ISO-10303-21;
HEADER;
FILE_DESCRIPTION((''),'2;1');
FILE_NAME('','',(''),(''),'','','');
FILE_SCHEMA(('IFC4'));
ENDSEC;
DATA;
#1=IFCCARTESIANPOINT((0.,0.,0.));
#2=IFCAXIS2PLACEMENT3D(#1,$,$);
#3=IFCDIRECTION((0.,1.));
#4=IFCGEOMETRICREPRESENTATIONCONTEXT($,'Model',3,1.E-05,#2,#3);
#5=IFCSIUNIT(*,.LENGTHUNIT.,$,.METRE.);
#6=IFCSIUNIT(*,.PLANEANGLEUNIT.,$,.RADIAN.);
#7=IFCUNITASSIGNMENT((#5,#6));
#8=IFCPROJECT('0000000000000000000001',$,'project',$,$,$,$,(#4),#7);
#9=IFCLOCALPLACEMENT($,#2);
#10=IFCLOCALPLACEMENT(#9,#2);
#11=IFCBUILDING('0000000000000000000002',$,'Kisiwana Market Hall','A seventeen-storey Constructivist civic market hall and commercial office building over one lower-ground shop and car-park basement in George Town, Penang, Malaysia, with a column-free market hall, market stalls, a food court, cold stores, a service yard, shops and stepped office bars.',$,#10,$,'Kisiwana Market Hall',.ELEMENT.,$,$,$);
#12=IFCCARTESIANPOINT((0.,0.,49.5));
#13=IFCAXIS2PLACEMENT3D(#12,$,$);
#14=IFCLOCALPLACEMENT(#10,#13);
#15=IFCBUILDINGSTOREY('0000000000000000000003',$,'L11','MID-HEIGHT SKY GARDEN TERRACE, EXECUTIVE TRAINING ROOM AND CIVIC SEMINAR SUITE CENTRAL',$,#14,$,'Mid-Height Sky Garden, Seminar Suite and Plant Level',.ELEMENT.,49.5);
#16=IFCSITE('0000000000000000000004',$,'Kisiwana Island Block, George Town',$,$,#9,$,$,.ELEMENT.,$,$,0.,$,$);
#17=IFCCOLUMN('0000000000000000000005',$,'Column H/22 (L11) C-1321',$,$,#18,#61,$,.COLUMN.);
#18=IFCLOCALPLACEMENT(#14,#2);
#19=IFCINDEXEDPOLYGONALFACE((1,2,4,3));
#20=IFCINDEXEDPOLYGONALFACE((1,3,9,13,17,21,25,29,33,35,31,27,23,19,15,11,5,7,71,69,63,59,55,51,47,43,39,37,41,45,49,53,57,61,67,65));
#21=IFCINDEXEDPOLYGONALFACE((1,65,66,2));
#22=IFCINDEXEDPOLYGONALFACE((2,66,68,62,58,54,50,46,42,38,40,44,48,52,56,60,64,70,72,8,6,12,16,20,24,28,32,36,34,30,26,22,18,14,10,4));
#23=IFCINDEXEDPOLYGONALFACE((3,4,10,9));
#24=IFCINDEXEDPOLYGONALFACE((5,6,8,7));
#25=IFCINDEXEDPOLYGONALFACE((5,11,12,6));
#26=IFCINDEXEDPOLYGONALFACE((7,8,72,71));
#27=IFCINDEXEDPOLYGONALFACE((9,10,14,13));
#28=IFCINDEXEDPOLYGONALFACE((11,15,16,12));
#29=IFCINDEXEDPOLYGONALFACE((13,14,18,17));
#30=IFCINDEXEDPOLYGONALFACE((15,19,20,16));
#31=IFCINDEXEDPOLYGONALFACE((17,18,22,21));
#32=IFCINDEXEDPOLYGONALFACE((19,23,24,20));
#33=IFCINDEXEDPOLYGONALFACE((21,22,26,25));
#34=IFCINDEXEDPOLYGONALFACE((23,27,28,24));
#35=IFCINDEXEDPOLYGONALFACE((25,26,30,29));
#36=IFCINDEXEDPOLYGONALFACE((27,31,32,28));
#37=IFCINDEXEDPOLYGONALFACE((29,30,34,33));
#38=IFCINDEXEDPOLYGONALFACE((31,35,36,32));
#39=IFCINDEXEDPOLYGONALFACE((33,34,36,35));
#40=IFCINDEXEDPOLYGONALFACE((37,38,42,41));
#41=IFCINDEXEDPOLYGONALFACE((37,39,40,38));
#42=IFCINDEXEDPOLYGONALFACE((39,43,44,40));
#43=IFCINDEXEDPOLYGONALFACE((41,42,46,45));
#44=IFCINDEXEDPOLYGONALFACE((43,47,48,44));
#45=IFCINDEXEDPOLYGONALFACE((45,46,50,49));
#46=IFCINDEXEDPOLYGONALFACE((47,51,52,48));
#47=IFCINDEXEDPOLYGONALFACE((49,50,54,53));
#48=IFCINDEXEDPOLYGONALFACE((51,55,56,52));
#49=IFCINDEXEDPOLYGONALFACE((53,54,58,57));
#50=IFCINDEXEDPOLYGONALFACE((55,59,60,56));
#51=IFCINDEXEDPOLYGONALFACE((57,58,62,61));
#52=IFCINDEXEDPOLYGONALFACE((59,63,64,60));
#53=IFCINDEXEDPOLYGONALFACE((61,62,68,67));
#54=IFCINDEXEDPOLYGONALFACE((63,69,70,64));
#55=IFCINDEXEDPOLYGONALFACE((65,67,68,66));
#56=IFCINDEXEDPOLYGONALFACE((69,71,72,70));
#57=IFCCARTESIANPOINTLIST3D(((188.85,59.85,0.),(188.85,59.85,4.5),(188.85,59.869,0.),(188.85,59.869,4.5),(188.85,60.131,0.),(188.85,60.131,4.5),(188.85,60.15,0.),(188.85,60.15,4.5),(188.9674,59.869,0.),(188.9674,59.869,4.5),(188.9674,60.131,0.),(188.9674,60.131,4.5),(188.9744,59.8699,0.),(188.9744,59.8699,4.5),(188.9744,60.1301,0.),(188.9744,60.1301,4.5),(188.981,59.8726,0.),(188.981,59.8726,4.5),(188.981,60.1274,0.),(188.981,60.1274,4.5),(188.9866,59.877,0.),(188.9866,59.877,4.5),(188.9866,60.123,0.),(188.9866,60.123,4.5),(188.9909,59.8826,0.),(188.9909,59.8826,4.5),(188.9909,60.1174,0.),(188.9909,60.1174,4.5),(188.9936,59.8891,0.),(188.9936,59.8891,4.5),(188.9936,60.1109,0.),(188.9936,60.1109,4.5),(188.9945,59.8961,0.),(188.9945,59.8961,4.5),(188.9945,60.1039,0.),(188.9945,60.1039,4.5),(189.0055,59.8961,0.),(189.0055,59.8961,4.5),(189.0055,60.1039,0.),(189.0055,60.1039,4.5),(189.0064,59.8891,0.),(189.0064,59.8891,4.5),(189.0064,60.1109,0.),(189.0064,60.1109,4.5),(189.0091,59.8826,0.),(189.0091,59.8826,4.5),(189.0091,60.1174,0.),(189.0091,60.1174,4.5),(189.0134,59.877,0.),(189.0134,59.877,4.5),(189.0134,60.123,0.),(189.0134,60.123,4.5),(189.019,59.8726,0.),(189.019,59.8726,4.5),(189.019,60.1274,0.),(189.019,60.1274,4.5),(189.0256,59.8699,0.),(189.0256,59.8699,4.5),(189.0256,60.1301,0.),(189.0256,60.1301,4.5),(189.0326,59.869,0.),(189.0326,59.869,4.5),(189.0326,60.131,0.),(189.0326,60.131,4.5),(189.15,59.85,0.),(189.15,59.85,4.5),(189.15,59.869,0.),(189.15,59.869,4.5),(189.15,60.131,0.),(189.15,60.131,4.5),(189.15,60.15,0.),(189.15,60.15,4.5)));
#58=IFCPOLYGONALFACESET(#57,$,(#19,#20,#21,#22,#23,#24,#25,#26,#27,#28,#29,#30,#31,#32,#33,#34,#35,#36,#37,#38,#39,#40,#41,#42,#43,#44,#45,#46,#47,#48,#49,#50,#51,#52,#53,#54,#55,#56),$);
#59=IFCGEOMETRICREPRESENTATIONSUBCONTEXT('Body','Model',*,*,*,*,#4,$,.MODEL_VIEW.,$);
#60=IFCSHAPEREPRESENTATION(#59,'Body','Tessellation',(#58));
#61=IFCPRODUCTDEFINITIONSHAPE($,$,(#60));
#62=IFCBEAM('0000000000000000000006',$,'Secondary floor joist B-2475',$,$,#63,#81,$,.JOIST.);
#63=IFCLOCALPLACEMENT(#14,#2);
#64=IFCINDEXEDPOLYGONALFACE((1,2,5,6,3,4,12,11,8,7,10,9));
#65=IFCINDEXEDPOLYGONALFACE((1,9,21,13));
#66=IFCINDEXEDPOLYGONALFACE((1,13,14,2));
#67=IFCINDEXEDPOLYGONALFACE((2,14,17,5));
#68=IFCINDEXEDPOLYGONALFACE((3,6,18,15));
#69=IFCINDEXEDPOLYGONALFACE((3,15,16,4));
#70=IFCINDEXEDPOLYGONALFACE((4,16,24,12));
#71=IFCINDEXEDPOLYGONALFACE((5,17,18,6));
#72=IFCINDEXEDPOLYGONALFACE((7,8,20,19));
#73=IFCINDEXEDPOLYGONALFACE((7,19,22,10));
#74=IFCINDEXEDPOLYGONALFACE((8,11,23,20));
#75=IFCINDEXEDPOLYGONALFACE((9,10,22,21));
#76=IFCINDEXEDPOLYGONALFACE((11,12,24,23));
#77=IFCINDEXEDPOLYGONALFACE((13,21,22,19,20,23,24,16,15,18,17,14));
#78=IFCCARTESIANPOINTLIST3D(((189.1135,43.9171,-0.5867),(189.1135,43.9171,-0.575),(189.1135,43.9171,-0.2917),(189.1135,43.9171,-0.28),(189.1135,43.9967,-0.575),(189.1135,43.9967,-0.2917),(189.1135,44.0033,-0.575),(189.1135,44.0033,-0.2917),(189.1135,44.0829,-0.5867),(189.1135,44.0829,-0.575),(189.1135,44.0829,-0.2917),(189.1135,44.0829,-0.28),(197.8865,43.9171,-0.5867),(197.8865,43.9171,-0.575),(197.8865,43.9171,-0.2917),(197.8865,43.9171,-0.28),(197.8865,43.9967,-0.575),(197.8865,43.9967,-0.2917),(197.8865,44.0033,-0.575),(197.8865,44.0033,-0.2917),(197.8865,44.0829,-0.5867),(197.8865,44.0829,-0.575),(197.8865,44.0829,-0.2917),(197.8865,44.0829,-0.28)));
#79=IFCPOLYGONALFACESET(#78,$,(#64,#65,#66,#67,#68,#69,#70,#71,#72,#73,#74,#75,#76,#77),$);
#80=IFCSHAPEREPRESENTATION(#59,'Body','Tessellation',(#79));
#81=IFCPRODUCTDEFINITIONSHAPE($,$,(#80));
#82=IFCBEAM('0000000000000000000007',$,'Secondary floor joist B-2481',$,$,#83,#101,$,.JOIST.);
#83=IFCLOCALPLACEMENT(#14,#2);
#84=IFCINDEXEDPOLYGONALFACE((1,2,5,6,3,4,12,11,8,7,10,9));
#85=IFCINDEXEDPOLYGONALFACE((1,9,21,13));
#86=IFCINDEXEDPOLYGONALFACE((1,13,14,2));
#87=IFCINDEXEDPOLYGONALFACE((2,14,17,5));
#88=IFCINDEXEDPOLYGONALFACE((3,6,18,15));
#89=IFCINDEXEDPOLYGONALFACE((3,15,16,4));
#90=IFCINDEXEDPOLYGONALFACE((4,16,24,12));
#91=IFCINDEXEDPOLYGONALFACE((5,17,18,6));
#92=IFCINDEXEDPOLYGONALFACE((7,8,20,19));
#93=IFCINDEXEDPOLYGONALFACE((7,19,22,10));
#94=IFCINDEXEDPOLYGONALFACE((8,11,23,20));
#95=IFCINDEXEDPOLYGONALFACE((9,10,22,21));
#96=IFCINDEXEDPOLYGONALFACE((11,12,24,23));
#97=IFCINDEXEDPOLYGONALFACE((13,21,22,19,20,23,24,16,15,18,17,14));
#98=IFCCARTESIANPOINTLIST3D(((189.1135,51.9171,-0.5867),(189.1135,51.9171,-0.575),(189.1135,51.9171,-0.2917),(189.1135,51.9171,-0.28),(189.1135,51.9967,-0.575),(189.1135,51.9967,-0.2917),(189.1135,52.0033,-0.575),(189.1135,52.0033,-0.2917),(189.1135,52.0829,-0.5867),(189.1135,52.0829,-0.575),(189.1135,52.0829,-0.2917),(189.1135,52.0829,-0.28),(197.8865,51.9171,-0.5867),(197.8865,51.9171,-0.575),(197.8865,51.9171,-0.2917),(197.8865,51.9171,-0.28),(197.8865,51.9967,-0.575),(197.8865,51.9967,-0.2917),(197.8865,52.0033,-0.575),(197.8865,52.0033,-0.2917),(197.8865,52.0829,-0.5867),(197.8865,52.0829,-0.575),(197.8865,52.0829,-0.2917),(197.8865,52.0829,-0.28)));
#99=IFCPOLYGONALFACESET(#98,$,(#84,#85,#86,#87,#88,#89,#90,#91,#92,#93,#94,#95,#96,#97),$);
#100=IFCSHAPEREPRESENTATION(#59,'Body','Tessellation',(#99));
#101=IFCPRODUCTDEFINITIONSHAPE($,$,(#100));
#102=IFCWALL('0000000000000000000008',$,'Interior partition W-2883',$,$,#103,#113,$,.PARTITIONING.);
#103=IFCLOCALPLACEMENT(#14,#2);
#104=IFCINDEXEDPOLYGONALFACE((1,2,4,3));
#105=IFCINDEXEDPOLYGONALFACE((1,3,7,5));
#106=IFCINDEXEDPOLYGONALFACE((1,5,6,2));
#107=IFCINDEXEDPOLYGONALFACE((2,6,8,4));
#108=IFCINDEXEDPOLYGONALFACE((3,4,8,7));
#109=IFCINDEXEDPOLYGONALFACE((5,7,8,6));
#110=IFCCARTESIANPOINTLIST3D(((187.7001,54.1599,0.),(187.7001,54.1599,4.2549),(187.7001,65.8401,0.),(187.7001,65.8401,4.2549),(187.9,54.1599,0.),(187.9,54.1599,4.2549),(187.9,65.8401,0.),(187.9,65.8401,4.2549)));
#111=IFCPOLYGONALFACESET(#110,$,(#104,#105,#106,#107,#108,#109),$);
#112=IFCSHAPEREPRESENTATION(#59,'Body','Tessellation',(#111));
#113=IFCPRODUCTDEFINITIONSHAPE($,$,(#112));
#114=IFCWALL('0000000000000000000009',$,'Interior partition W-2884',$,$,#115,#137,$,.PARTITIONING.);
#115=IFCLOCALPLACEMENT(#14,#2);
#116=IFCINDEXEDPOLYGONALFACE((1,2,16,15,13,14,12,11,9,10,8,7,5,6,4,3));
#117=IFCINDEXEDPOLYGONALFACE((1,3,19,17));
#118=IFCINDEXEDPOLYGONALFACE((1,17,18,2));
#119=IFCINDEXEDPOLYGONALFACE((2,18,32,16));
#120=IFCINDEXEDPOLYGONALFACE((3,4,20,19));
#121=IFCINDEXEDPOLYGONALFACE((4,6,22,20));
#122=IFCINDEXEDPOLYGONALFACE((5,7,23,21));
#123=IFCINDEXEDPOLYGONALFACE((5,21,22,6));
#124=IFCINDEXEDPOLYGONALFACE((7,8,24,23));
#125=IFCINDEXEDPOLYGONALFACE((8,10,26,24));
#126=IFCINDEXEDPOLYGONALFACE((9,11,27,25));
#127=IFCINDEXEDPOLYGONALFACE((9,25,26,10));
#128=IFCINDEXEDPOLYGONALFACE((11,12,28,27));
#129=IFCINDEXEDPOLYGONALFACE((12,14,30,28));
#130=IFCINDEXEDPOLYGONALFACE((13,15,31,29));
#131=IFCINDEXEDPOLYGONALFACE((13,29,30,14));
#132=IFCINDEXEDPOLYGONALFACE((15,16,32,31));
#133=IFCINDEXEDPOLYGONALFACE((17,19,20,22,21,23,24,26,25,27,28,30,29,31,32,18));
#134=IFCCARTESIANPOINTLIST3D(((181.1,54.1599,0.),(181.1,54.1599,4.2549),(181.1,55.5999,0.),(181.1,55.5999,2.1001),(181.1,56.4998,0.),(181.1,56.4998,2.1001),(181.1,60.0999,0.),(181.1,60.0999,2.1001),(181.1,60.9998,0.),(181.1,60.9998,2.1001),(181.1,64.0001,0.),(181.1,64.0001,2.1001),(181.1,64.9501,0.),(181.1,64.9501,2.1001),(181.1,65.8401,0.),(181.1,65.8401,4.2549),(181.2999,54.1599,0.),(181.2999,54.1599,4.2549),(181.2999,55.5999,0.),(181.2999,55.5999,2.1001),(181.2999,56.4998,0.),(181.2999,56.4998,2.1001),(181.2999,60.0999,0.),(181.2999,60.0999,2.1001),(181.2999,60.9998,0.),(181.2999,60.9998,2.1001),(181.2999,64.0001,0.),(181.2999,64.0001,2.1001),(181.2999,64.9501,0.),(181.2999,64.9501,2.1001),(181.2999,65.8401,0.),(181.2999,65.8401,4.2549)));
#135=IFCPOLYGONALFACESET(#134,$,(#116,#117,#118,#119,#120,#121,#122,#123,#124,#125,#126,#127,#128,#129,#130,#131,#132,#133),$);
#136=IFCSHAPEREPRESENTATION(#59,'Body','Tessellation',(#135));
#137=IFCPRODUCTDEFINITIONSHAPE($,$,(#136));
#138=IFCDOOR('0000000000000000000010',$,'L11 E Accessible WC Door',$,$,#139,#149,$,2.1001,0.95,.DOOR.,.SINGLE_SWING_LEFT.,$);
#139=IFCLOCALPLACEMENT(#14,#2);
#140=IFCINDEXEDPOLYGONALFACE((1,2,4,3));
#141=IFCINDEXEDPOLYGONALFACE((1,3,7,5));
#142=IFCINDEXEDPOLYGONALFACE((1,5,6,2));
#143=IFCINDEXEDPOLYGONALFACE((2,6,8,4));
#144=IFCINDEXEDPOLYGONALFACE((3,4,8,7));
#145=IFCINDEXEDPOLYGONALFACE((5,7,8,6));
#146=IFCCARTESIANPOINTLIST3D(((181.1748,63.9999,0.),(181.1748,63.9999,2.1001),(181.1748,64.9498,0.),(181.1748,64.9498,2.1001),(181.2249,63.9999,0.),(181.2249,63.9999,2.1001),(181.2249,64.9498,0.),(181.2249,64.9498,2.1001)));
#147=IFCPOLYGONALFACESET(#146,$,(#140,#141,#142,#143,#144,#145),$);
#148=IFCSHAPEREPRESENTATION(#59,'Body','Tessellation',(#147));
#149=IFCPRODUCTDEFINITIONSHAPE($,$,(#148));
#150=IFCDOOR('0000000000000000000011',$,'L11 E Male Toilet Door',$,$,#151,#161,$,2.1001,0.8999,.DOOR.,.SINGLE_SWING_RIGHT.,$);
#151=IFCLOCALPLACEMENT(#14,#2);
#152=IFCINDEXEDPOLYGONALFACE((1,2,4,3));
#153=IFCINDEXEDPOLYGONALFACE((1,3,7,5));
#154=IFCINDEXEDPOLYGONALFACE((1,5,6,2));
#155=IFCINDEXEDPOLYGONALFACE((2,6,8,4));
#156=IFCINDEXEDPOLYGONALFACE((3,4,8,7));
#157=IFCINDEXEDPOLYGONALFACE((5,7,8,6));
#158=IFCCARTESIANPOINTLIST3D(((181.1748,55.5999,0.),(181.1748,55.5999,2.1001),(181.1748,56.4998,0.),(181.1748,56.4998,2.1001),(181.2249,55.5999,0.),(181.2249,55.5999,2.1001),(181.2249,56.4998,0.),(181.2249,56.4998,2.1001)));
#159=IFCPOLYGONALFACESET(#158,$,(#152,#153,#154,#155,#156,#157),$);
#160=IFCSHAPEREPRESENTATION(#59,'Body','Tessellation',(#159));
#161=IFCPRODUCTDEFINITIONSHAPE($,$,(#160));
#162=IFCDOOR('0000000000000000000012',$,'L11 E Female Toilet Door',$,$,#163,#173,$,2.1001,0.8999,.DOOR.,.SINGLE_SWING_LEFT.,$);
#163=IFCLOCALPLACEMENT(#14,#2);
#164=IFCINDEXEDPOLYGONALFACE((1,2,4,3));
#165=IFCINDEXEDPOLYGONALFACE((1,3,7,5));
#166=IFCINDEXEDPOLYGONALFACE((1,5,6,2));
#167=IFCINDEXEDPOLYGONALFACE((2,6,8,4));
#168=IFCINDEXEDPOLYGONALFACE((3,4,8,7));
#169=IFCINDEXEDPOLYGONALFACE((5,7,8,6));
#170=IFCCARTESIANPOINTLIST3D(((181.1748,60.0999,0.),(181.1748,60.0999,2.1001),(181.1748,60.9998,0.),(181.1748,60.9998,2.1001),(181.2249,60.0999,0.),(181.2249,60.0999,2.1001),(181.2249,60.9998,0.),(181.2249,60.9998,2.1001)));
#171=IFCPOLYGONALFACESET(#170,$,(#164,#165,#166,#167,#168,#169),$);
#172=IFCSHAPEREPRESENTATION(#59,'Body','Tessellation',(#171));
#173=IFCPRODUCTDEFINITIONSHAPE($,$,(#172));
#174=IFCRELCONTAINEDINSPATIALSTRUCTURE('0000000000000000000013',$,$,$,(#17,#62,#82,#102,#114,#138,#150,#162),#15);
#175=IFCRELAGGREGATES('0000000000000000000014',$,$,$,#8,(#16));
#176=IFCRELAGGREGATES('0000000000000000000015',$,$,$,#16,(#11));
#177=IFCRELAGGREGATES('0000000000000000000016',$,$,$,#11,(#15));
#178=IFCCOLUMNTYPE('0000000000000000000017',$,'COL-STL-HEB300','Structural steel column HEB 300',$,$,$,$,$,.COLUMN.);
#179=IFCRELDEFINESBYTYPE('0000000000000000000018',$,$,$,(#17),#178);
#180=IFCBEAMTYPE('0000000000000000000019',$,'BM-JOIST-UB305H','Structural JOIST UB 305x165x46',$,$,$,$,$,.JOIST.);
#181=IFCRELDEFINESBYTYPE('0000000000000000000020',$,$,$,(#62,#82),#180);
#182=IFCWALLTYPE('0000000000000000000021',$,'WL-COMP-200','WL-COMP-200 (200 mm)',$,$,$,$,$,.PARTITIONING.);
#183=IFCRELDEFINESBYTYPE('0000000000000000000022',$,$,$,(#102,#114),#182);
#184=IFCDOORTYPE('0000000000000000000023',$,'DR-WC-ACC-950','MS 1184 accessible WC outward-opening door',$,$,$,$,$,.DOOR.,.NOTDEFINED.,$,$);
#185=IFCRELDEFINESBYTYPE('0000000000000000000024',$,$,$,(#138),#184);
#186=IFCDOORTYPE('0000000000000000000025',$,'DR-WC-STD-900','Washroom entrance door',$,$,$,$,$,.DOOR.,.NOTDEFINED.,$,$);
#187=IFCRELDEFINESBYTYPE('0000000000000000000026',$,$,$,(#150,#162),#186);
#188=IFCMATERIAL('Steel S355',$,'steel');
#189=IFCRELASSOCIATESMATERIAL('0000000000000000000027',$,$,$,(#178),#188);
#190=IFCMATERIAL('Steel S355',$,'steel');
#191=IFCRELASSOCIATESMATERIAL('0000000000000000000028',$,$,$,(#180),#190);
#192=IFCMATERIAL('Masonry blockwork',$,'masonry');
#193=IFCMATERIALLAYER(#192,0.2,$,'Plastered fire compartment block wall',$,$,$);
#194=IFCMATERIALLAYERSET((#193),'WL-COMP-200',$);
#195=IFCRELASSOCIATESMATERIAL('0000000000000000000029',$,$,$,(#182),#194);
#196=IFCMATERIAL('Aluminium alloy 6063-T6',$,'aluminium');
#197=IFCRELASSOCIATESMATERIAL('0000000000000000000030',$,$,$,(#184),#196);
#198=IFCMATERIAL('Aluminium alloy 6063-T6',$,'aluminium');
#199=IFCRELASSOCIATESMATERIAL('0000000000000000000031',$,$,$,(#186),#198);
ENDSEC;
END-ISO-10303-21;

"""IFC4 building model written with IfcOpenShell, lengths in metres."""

from ifc_helpers import new_model, si_unit, direction, frame, frame_2d, origin, origin_2d, place, context, subcontext, project, spatial, rectangle, i_section, extrude, material, layer, layer_set, material_profile, profile_set, type_object, element, fill, save


model = new_model("IFC4")

# Units and contexts
model_context = context("Model", 3, precision=1e-05, world=origin(), true_north=direction((0.0, 1.0)))
body_context = subcontext(model_context, "Body", "Model", "MODEL_VIEW")
ifc_project = project(units=[si_unit("LENGTHUNIT", "METRE"), si_unit("PLANEANGLEUNIT", "RADIAN")], contexts=[model_context])

# Site, building, storey
site_placement = place(None, origin())
site = spatial("IfcSite", under=ifc_project, at=site_placement, Name="Kisiwana Island Block, George Town", CompositionType="ELEMENT", RefElevation=0.0)
building_placement = place(site_placement, origin())
building = spatial("IfcBuilding", under=site, at=building_placement, Name="Kisiwana Market Hall", Description="A seventeen-storey Constructivist civic market hall and commercial office building over one lower-ground shop and car-park basement in George Town, Penang, Malaysia, with a column-free market hall, market stalls, a food court, cold stores, a service yard, shops and stepped office bars.", LongName="Kisiwana Market Hall", CompositionType="ELEMENT")
storey_placement = place(building_placement, frame((0.0, 0.0, 49.5)))
storey = spatial("IfcBuildingStorey", under=building, at=storey_placement, Name="L11", Description="MID-HEIGHT SKY GARDEN TERRACE, EXECUTIVE TRAINING ROOM AND CIVIC SEMINAR SUITE CENTRAL", LongName="Mid-Height Sky Garden, Seminar Suite and Plant Level", CompositionType="ELEMENT", Elevation=49.5)

# Column
ifc_material_1 = material(Name="Steel S355", Category="steel")
ifc_material_profile_1 = material_profile(ifc_material_1, i_section(OverallWidth=0.3, OverallDepth=0.3, WebThickness=0.011, FlangeThickness=0.019, FilletRadius=0.0271, at=origin_2d()), Name="HEB 300")
ifc_profile_set_1 = profile_set([ifc_material_profile_1], Name="Steel S355")
column_type = type_object("IfcColumnType", Name="COL-STL-HEB300", Description="Structural steel column HEB 300", PredefinedType="COLUMN", material=ifc_profile_set_1)
column_placement = place(storey_placement, frame((189.0, 60.0, 0.0), z_axis=(0.0, 0.0, 1.0), x_axis=(1.0, 0.0, 0.0)))
element("IfcColumn", 1, at=column_placement, inside=storey, type_object=column_type, Name="Column H/22 (L11) C-1321", PredefinedType="COLUMN", context=body_context, shape_type="SweptSolid", body=[
    extrude(i_section(OverallWidth=0.3, OverallDepth=0.3, WebThickness=0.011, FlangeThickness=0.019, FilletRadius=0.0271, at=origin_2d()), origin(), (0.0, 0.0, 1.0), 4.5),
])

# Beams
ifc_material_2 = material(Name="Steel S355", Category="steel")
ifc_material_profile_2 = material_profile(ifc_material_2, i_section(OverallWidth=0.1658, OverallDepth=0.3066, WebThickness=0.0066, FlangeThickness=0.0117, at=origin_2d()), Name="UB 305x165x46")
ifc_profile_set_2 = profile_set([ifc_material_profile_2], Name="Steel S355")
beam_type = type_object("IfcBeamType", Name="BM-JOIST-UB305H", Description="Structural JOIST UB 305x165x46", PredefinedType="JOIST", material=ifc_profile_set_2)
for number, where, z_axis, x_axis, name in (
    (2, (189.1135, 44.0, -0.4333), (1.0, 0.0, 0.0), (0.0, 1.0, 0.0), "Secondary floor joist B-2475"),
    (3, (189.1135, 52.0, -0.4333), (1.0, 0.0, 0.0), (0.0, 1.0, 0.0), "Secondary floor joist B-2481"),
):
    element("IfcBeam", number, at=place(storey_placement, frame(where, z_axis=z_axis, x_axis=x_axis)), inside=storey, type_object=beam_type, Name=name, PredefinedType="JOIST", context=body_context, shape_type="SweptSolid", body=[
        extrude(i_section(OverallWidth=0.1658, OverallDepth=0.3066, WebThickness=0.0066, FlangeThickness=0.0117, at=origin_2d()), origin(), (0.0, 0.0, 1.0), 8.7729),
    ])

# Wall
ifc_material_3 = material(Name="Masonry blockwork", Category="masonry")
ifc_layer_1 = layer(ifc_material_3, 0.2, Name="Plastered fire compartment block wall")
ifc_layer_set_1 = layer_set([ifc_layer_1], Name="WL-COMP-200")
wall_type_1 = type_object("IfcWallType", Name="WL-COMP-200", Description="WL-COMP-200 (200 mm)", PredefinedType="PARTITIONING", material=ifc_layer_set_1)
wall_1_placement = place(storey_placement, frame((187.8, 54.1599, 0.0), z_axis=(0.0, 0.0, 1.0), x_axis=(0.0, 1.0, 0.0)))
element("IfcWall", 4, at=wall_1_placement, inside=storey, type_object=wall_type_1, Name="Interior partition W-2883", PredefinedType="PARTITIONING", context=body_context, shape_type="SweptSolid", body=[
    extrude(rectangle(XDim=11.6802, YDim=0.2, at=frame_2d((5.8401, 0.0))), origin(), (0.0, 0.0, 1.0), 4.2549),
])

# Wall, openings, doors
wall_2_placement = place(storey_placement, frame((181.2, 54.1599, 0.0), z_axis=(0.0, 0.0, 1.0), x_axis=(0.0, 1.0, 0.0)))
wall_2 = element("IfcWall", 5, at=wall_2_placement, inside=storey, type_object=wall_type_1, Name="Interior partition W-2884", PredefinedType="PARTITIONING", context=body_context, shape_type="SweptSolid", body=[
    extrude(rectangle(XDim=11.6802, YDim=0.2, at=frame_2d((5.8401, 0.0))), origin(), (0.0, 0.0, 1.0), 4.2549),
])
opening_1_placement = place(wall_2_placement, frame((1.4399, 0.0, 0.0)))
opening_1 = element("IfcOpeningElement", 6, at=opening_1_placement, cuts=wall_2, PredefinedType="OPENING", context=body_context, shape_type="SweptSolid", body=[
    extrude(rectangle(XDim=0.8999, YDim=2.1001, at=frame_2d((0.45, 1.05))), frame((0.0, 0.1118, 0.0), z_axis=(0.0, -1.0, 0.0), x_axis=(1.0, 0.0, 0.0)), (0.0, 0.0, 1.0), 0.2239),
])
opening_2_placement = place(wall_2_placement, frame((5.9399, 0.0, 0.0)))
opening_2 = element("IfcOpeningElement", 7, at=opening_2_placement, cuts=wall_2, PredefinedType="OPENING", context=body_context, shape_type="SweptSolid", body=[
    extrude(rectangle(XDim=0.8999, YDim=2.1001, at=frame_2d((0.45, 1.05))), frame((0.0, 0.1118, 0.0), z_axis=(0.0, -1.0, 0.0), x_axis=(1.0, 0.0, 0.0)), (0.0, 0.0, 1.0), 0.2239),
])
opening_3_placement = place(wall_2_placement, frame((9.8401, 0.0, 0.0)))
opening_3 = element("IfcOpeningElement", 8, at=opening_3_placement, cuts=wall_2, PredefinedType="OPENING", context=body_context, shape_type="SweptSolid", body=[
    extrude(rectangle(XDim=0.95, YDim=2.1001, at=frame_2d((0.4751, 1.05))), frame((0.0, 0.1118, 0.0), z_axis=(0.0, -1.0, 0.0), x_axis=(1.0, 0.0, 0.0)), (0.0, 0.0, 1.0), 0.2239),
])
ifc_material_4 = material(Name="Aluminium alloy 6063-T6", Category="aluminium")
door_type_1 = type_object("IfcDoorType", Name="DR-WC-ACC-950", Description="MS 1184 accessible WC outward-opening door", OperationType="NOTDEFINED", PredefinedType="DOOR", material=ifc_material_4)
door_1_placement = place(opening_3_placement, frame((0.95, 0.0, 0.0), z_axis=(0.0, 0.0, 1.0), x_axis=(-1.0, 0.0, 0.0)))
door_1 = element("IfcDoor", 9, at=door_1_placement, inside=storey, type_object=door_type_1, Name="L11 E Accessible WC Door", OperationType="SINGLE_SWING_LEFT", OverallHeight=2.1001, OverallWidth=0.95, PredefinedType="DOOR", context=body_context, shape_type="SweptSolid", body=[
    extrude(rectangle(XDim=0.95, YDim=2.1001, at=frame_2d((0.4751, 1.05))), frame((0.0, 0.0249, 0.0), z_axis=(0.0, -1.0, 0.0), x_axis=(1.0, 0.0, 0.0)), (0.0, 0.0, 1.0), 0.05),
])
fill(opening_3, door_1)
ifc_material_5 = material(Name="Aluminium alloy 6063-T6", Category="aluminium")
door_type_2 = type_object("IfcDoorType", Name="DR-WC-STD-900", Description="Washroom entrance door", OperationType="NOTDEFINED", PredefinedType="DOOR", material=ifc_material_5)
door_2_placement = place(opening_1_placement, frame((0.8999, 0.0, 0.0), z_axis=(0.0, 0.0, 1.0), x_axis=(-1.0, 0.0, 0.0)))
door_2 = element("IfcDoor", 10, at=door_2_placement, inside=storey, type_object=door_type_2, Name="L11 E Male Toilet Door", OperationType="SINGLE_SWING_RIGHT", OverallHeight=2.1001, OverallWidth=0.8999, PredefinedType="DOOR", context=body_context, shape_type="SweptSolid", body=[
    extrude(rectangle(XDim=0.8999, YDim=2.1001, at=frame_2d((0.45, 1.05))), frame((0.0, 0.0249, 0.0), z_axis=(0.0, -1.0, 0.0), x_axis=(1.0, 0.0, 0.0)), (0.0, 0.0, 1.0), 0.05),
])
fill(opening_1, door_2)
door_3_placement = place(opening_2_placement, frame((0.8999, 0.0, 0.0), z_axis=(0.0, 0.0, 1.0), x_axis=(-1.0, 0.0, 0.0)))
door_3 = element("IfcDoor", 11, at=door_3_placement, inside=storey, type_object=door_type_2, Name="L11 E Female Toilet Door", OperationType="SINGLE_SWING_LEFT", OverallHeight=2.1001, OverallWidth=0.8999, PredefinedType="DOOR", context=body_context, shape_type="SweptSolid", body=[
    extrude(rectangle(XDim=0.8999, YDim=2.1001, at=frame_2d((0.45, 1.05))), frame((0.0, 0.0249, 0.0), z_axis=(0.0, -1.0, 0.0), x_axis=(1.0, 0.0, 0.0)), (0.0, 0.0, 1.0), 0.05),
])
fill(opening_2, door_3)

save(model, "model.ifc")
